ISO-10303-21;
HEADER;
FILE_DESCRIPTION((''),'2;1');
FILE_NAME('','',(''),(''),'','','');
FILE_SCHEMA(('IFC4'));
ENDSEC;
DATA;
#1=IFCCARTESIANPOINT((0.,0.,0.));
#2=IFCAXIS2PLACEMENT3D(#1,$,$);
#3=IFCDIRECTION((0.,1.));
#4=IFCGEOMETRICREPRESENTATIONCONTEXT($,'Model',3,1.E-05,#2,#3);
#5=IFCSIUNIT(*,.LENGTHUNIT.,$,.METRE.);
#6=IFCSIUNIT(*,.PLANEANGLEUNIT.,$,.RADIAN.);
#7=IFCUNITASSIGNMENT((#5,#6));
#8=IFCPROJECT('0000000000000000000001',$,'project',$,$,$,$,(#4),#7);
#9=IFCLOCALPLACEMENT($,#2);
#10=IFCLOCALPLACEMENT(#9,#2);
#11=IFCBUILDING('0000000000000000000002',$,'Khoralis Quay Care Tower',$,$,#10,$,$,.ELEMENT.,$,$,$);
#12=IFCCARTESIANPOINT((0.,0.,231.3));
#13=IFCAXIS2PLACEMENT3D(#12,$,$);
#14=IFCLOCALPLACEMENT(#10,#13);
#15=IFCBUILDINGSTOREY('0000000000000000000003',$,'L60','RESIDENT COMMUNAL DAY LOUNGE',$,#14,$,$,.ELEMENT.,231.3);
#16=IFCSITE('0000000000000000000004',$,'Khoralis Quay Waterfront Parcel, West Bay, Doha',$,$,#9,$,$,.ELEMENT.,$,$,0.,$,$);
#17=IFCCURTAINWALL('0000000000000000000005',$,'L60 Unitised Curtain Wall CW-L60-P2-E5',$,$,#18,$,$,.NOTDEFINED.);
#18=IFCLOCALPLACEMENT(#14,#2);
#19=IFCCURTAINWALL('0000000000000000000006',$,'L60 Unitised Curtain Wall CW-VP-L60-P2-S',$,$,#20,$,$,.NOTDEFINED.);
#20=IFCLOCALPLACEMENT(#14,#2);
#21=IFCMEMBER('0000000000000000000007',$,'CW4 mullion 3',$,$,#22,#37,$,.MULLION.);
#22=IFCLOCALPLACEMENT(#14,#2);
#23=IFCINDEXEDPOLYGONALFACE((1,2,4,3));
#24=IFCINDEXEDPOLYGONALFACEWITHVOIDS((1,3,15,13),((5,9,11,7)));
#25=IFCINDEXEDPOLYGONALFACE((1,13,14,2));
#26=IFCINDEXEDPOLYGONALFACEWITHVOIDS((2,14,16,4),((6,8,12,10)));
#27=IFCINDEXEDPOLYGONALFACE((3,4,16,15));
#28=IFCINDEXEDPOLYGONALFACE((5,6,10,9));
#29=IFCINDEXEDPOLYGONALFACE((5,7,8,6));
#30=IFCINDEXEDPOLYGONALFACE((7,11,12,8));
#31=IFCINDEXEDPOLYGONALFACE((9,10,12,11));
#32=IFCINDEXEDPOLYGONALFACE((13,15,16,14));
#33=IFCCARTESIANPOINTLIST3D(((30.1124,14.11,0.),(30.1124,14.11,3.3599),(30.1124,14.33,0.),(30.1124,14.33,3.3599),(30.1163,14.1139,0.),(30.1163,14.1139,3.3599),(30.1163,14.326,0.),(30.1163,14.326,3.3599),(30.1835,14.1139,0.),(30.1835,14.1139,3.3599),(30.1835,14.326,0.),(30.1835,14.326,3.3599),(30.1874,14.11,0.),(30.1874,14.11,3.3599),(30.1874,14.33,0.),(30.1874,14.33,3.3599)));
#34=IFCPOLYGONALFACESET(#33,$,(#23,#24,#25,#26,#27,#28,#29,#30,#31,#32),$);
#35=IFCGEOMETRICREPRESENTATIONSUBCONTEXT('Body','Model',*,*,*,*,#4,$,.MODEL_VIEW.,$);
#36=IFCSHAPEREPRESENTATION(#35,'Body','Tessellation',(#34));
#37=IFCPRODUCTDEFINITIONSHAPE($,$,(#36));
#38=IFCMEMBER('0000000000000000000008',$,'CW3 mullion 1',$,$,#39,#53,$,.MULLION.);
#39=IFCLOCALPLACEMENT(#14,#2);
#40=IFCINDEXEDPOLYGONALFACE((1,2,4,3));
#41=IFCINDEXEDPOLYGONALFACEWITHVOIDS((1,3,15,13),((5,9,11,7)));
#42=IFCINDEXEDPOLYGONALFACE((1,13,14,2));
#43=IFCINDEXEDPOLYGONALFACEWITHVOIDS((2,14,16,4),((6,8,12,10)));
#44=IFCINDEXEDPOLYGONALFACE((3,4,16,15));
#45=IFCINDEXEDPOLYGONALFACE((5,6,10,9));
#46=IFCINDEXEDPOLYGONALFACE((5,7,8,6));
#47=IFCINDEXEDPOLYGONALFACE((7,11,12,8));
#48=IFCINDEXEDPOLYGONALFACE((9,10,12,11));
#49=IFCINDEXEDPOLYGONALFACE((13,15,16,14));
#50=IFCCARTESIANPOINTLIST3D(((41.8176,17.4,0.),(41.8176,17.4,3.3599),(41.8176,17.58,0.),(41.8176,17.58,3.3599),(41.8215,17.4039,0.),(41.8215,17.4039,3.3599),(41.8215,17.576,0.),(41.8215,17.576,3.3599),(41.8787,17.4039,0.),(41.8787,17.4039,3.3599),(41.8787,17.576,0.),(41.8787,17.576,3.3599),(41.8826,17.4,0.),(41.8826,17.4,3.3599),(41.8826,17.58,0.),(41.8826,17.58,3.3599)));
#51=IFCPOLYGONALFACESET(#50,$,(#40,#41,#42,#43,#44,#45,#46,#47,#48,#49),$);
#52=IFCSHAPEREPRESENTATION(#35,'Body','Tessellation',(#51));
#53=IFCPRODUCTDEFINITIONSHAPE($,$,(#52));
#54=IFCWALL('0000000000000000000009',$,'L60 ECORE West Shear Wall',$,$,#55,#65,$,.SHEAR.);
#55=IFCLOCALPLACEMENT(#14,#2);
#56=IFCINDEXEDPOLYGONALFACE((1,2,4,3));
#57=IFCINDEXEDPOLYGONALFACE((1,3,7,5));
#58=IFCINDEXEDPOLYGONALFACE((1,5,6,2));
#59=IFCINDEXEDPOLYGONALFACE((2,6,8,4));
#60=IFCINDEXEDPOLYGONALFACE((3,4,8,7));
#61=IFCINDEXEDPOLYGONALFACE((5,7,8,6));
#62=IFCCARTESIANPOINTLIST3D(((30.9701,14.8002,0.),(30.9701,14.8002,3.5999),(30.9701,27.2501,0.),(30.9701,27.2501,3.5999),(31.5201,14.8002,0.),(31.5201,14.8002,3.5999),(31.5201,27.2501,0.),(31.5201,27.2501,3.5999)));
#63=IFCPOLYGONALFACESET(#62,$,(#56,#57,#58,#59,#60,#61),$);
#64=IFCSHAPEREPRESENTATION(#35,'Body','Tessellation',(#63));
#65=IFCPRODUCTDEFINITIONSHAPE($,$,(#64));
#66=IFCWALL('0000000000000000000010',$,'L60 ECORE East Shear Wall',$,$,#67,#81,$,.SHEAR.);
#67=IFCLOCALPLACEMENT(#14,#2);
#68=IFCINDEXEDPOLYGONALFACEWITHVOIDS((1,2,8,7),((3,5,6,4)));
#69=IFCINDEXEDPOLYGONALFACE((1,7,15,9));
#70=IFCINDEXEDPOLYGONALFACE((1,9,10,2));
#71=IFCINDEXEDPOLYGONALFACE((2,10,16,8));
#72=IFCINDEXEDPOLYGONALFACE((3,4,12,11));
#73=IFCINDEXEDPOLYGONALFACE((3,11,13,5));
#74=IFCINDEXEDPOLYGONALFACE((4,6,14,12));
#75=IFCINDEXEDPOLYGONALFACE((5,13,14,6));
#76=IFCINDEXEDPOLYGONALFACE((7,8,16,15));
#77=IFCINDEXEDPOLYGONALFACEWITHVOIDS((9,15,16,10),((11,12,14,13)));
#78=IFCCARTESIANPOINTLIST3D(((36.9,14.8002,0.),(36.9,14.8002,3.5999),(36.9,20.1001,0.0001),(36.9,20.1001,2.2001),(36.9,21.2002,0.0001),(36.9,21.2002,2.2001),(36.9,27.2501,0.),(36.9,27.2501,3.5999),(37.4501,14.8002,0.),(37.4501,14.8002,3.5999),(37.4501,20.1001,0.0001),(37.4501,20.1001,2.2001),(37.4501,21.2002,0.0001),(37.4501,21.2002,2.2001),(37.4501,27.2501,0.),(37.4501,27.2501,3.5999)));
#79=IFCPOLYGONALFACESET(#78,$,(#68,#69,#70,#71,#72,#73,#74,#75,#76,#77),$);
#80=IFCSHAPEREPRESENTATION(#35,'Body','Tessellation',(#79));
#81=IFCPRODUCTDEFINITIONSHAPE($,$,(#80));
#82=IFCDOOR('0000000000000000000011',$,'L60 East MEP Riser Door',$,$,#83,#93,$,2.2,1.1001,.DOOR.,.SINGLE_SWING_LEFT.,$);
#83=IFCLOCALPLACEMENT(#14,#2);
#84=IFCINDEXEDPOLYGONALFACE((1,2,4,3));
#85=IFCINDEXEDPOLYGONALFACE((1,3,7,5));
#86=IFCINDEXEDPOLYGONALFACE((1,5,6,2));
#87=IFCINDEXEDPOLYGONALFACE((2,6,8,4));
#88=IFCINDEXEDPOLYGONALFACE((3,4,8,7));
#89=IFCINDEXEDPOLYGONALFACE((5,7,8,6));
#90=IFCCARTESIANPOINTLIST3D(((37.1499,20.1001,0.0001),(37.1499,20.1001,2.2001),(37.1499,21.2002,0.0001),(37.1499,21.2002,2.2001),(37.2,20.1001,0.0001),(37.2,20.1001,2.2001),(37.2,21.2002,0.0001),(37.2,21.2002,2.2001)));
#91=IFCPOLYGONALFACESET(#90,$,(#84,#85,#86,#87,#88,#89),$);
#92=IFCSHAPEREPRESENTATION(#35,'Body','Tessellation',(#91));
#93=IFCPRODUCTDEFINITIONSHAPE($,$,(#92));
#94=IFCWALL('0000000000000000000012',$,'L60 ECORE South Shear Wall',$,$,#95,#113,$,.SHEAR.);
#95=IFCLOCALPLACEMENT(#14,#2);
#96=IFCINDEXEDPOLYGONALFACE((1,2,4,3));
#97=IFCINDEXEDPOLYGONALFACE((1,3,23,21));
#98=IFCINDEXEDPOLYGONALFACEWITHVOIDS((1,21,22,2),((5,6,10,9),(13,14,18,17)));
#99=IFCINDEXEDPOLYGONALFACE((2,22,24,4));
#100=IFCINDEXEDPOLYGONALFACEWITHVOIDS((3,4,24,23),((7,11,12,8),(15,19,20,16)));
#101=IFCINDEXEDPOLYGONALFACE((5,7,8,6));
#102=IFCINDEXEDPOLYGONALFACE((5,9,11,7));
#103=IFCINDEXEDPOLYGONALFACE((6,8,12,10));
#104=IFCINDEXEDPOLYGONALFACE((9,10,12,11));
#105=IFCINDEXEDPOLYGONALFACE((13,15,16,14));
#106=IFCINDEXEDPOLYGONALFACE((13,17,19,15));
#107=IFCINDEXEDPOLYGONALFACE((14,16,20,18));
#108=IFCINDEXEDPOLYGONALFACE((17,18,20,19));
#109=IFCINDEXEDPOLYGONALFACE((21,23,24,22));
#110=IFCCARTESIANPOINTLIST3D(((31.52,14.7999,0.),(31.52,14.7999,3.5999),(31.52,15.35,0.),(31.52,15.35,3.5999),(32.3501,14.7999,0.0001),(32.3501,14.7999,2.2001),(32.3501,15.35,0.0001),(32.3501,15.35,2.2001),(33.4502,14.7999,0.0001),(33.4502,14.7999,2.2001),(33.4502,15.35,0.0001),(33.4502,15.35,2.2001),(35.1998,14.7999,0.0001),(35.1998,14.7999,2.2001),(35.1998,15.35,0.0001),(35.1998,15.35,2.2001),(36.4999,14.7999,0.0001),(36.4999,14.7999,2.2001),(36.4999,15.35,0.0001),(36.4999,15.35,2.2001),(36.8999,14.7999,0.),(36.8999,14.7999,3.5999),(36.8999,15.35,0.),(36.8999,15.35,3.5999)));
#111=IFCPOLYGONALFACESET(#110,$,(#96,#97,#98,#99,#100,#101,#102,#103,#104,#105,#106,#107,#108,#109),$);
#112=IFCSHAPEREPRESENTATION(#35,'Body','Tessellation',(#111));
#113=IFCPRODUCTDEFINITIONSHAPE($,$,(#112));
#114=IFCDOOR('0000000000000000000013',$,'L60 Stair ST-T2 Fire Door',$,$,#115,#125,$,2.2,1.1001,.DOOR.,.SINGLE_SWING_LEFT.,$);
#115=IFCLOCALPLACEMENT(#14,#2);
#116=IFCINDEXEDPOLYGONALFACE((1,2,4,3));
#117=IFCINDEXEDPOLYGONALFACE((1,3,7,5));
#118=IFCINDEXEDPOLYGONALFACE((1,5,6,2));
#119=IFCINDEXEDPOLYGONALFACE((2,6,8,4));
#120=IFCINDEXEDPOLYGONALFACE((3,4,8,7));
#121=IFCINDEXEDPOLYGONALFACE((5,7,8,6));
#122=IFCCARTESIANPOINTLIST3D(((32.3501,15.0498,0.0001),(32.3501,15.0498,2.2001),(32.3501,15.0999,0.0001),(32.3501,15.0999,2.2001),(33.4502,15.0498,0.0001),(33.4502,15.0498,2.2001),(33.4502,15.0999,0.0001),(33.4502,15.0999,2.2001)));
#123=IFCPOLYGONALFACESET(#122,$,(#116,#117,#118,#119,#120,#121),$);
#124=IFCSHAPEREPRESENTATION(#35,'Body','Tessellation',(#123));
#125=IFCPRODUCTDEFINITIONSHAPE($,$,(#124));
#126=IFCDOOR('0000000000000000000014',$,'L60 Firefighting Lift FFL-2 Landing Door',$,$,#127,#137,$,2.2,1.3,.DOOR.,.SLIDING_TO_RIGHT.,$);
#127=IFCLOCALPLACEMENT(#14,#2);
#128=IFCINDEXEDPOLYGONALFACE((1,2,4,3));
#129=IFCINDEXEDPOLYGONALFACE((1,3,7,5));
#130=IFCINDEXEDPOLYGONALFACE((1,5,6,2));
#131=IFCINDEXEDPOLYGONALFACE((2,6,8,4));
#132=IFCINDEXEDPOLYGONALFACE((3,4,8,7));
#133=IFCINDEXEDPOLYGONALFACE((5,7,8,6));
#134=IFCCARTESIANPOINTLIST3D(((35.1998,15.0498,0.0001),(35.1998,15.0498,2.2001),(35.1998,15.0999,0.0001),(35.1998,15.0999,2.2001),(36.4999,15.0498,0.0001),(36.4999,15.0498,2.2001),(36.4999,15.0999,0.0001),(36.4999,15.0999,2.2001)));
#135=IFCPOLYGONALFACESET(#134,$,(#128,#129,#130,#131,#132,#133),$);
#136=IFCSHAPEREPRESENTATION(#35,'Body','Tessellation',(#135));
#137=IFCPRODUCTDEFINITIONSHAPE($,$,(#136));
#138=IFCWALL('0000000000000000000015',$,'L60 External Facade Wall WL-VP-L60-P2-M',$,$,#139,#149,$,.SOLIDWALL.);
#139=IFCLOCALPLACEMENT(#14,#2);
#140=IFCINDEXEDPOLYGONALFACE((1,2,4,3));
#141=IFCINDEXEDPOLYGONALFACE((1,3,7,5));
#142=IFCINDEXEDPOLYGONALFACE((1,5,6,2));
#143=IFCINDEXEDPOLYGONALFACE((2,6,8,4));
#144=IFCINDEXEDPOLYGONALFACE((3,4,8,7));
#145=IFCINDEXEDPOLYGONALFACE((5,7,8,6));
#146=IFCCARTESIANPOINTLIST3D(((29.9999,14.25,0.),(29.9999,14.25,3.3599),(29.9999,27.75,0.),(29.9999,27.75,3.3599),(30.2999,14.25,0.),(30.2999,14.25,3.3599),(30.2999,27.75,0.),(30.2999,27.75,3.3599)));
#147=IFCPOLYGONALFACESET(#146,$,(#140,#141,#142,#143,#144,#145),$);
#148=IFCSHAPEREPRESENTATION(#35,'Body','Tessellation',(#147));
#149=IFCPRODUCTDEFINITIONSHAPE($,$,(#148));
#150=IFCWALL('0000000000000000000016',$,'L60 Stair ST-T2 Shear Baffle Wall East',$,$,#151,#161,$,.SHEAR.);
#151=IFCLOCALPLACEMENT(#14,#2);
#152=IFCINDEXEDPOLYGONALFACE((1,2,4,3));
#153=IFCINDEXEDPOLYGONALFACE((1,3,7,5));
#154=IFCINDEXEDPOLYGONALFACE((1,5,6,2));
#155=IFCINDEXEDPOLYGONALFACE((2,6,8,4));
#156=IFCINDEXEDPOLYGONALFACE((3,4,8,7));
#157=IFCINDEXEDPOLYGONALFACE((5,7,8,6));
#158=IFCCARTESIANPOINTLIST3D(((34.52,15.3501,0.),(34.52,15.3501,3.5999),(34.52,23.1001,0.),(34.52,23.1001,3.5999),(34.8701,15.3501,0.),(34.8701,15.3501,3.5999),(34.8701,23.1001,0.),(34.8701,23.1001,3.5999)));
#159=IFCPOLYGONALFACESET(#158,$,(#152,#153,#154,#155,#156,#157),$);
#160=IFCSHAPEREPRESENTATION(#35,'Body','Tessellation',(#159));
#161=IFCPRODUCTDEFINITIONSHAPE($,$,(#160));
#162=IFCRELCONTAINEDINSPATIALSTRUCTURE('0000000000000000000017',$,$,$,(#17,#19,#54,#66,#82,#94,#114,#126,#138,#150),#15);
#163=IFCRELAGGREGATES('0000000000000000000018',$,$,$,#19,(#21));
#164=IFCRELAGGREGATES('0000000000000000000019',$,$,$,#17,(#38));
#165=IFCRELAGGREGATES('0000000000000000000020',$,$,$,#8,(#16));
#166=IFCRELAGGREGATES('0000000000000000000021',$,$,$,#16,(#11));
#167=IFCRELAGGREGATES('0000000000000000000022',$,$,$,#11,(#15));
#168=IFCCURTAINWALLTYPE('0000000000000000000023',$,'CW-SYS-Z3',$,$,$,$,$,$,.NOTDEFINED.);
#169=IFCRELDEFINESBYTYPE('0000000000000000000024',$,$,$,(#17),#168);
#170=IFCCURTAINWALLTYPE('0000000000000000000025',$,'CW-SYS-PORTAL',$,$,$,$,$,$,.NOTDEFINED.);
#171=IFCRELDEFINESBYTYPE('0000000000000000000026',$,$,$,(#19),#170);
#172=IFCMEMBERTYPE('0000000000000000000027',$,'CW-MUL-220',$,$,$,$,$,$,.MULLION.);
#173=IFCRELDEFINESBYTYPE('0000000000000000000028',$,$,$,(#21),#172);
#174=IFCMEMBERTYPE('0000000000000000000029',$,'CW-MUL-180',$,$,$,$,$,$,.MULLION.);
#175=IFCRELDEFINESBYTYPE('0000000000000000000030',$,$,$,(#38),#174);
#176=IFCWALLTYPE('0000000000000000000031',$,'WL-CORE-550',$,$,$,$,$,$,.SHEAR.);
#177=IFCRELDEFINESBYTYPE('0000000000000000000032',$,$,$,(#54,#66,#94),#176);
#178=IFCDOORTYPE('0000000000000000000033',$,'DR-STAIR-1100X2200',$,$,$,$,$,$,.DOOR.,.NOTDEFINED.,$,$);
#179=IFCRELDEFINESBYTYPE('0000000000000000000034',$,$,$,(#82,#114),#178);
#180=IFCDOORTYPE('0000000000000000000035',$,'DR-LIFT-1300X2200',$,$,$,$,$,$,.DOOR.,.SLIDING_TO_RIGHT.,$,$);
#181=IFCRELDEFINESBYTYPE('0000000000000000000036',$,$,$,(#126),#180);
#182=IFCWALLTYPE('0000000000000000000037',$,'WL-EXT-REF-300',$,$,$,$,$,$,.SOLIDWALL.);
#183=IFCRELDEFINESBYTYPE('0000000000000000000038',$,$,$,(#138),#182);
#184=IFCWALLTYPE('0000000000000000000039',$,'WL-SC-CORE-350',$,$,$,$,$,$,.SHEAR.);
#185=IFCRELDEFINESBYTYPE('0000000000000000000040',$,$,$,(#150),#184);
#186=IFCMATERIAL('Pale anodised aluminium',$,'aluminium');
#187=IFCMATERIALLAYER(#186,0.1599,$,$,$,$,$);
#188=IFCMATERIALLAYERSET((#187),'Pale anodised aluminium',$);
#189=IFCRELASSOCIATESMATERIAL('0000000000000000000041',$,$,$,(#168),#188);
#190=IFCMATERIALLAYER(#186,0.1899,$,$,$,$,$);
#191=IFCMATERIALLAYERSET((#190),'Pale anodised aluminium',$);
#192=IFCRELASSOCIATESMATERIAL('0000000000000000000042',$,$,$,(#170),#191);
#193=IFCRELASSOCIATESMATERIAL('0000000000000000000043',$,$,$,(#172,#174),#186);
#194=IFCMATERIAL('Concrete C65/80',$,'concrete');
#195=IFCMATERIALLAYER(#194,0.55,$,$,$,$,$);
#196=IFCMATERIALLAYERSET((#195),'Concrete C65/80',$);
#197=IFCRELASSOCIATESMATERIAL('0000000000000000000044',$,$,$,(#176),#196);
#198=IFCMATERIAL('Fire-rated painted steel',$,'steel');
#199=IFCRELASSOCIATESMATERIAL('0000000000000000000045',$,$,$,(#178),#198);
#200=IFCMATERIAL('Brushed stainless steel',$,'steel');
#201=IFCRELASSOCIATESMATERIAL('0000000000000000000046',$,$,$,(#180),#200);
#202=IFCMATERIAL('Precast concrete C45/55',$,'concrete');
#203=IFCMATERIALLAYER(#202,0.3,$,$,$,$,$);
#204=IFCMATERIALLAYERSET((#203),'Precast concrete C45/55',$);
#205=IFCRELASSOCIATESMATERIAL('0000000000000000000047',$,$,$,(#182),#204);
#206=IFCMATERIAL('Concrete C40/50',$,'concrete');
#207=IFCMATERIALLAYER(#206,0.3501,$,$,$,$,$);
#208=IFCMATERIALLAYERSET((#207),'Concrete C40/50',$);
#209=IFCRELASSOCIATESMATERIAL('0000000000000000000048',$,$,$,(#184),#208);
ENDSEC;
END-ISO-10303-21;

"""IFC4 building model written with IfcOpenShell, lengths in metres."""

from ifc_helpers import new_model, si_unit, direction, frame, frame_2d, origin, origin_2d, place, context, subcontext, project, spatial, rectangle, hollow_rectangle, extrude, source, transform, mapped, material, layer, layer_set, material_profile, profile_set, type_object, element, fill, aggregate, save


model = new_model("IFC4")

# Units and contexts
model_context = context("Model", 3, precision=1e-05, world=origin(), true_north=direction((0.0, 1.0)))
body_context = subcontext(model_context, "Body", "Model", "MODEL_VIEW")
ifc_project = project(units=[si_unit("LENGTHUNIT", "METRE"), si_unit("PLANEANGLEUNIT", "RADIAN")], contexts=[model_context])

# Site, building, storey
site_placement = place(None, origin())
site = spatial("IfcSite", under=ifc_project, at=site_placement, Name="Khoralis Quay Waterfront Parcel, West Bay, Doha", CompositionType="ELEMENT", RefElevation=0.0)
building_placement = place(site_placement, origin())
building = spatial("IfcBuilding", under=site, at=building_placement, Name="Khoralis Quay Care Tower", CompositionType="ELEMENT")
storey_placement = place(building_placement, frame((0.0, 0.0, 231.3)))
storey = spatial("IfcBuildingStorey", under=building, at=storey_placement, Name="L60", Description="RESIDENT COMMUNAL DAY LOUNGE", CompositionType="ELEMENT", Elevation=231.3)

# Curtain wall
ifc_material_1 = material(Name="Pale anodised aluminium", Category="aluminium")
ifc_layer_1 = layer(ifc_material_1, 0.1599)
ifc_layer_set_1 = layer_set([ifc_layer_1], Name="Pale anodised aluminium")
curtain_wall_type_1 = type_object("IfcCurtainWallType", Name="CW-SYS-Z3", PredefinedType="NOTDEFINED", material=ifc_layer_set_1)
curtain_wall_1_placement = place(storey_placement, origin())
curtain_wall_1 = element("IfcCurtainWall", 1, at=curtain_wall_1_placement, inside=storey, type_object=curtain_wall_type_1, Name="L60 Unitised Curtain Wall CW-L60-P2-E5", PredefinedType="NOTDEFINED")

# Curtain wall, member
ifc_layer_2 = layer(ifc_material_1, 0.1899)
ifc_layer_set_2 = layer_set([ifc_layer_2], Name="Pale anodised aluminium")
curtain_wall_type_2 = type_object("IfcCurtainWallType", Name="CW-SYS-PORTAL", PredefinedType="NOTDEFINED", material=ifc_layer_set_2)
curtain_wall_2_placement = place(storey_placement, origin())
curtain_wall_2 = element("IfcCurtainWall", 2, at=curtain_wall_2_placement, inside=storey, type_object=curtain_wall_type_2, Name="L60 Unitised Curtain Wall CW-VP-L60-P2-S", PredefinedType="NOTDEFINED")
ifc_material_profile_1 = material_profile(ifc_material_1, hollow_rectangle(XDim=0.075, YDim=0.22, WallThickness=0.0039, at=origin_2d()), Name="Pale anodised aluminium")
ifc_profile_set_1 = profile_set([ifc_material_profile_1], Name="Pale anodised aluminium")
member_type_1 = type_object("IfcMemberType", Name="CW-MUL-220", PredefinedType="MULLION", material=ifc_profile_set_1)
shared_shape_1 = source(origin(), body_context, "Body", "SweptSolid", [
    extrude(hollow_rectangle(XDim=0.075, YDim=0.22, WallThickness=0.0039, at=origin_2d()), origin(), (0.0, 0.0, 1.0), 3.3599),
])
member_1_placement = place(storey_placement, frame((30.1499, 14.22, 0.0), z_axis=(0.0, 0.0, 1.0), x_axis=(-1.0, 0.0, 0.0)))
member_1 = element("IfcMember", 3, at=member_1_placement, type_object=member_type_1, Name="CW4 mullion 3", PredefinedType="MULLION", context=body_context, shape_type="MappedRepresentation", body=[
    mapped(shared_shape_1, transform((0.0, 0.0, 0.0), scale=1.0)),
])
aggregate(curtain_wall_2, [member_1])

# Member
ifc_material_profile_2 = material_profile(ifc_material_1, hollow_rectangle(XDim=0.0649, YDim=0.1799, WallThickness=0.0039, at=origin_2d()), Name="Pale anodised aluminium")
ifc_profile_set_2 = profile_set([ifc_material_profile_2], Name="Pale anodised aluminium")
member_type_2 = type_object("IfcMemberType", Name="CW-MUL-180", PredefinedType="MULLION", material=ifc_profile_set_2)
shared_shape_2 = source(origin(), body_context, "Body", "SweptSolid", [
    extrude(hollow_rectangle(XDim=0.0649, YDim=0.1799, WallThickness=0.0039, at=origin_2d()), origin(), (0.0, 0.0, 1.0), 3.3599),
])
member_2_placement = place(storey_placement, frame((41.8501, 17.49, 0.0), z_axis=(0.0, 0.0, 1.0), x_axis=(-1.0, 0.0, 0.0)))
member_2 = element("IfcMember", 4, at=member_2_placement, type_object=member_type_2, Name="CW3 mullion 1", PredefinedType="MULLION", context=body_context, shape_type="MappedRepresentation", body=[
    mapped(shared_shape_2, transform((0.0, 0.0, 0.0), scale=1.0)),
])
aggregate(curtain_wall_1, [member_2])

# Wall
ifc_material_2 = material(Name="Concrete C65/80", Category="concrete")
ifc_layer_3 = layer(ifc_material_2, 0.55)
ifc_layer_set_3 = layer_set([ifc_layer_3], Name="Concrete C65/80")
wall_type_1 = type_object("IfcWallType", Name="WL-CORE-550", PredefinedType="SHEAR", material=ifc_layer_set_3)
wall_1_placement = place(storey_placement, frame((31.2451, 14.8, 0.0), z_axis=(0.0, 0.0, 1.0), x_axis=(0.0, 1.0, 0.0)))
element("IfcWall", 5, at=wall_1_placement, inside=storey, type_object=wall_type_1, Name="L60 ECORE West Shear Wall", PredefinedType="SHEAR", context=body_context, shape_type="SweptSolid", body=[
    extrude(rectangle(XDim=12.45, YDim=0.55, at=frame_2d((6.2251, 0.0))), origin(), (0.0, 0.0, 1.0), 3.5999),
])

# Wall, opening, door
wall_2_placement = place(storey_placement, frame((37.175, 14.8, 0.0), z_axis=(0.0, 0.0, 1.0), x_axis=(0.0, 1.0, 0.0)))
wall_2 = element("IfcWall", 6, at=wall_2_placement, inside=storey, type_object=wall_type_1, Name="L60 ECORE East Shear Wall", PredefinedType="SHEAR", context=body_context, shape_type="SweptSolid", body=[
    extrude(rectangle(XDim=12.45, YDim=0.55, at=frame_2d((6.2251, 0.0))), origin(), (0.0, 0.0, 1.0), 3.5999),
])
opening_1_placement = place(wall_2_placement, frame((5.3, 0.0, 0.0)))
opening_1 = element("IfcOpeningElement", 7, at=opening_1_placement, cuts=wall_2, PredefinedType="OPENING", context=body_context, shape_type="SweptSolid", body=[
    extrude(rectangle(XDim=1.1001, YDim=2.2, at=frame_2d((0.55, 1.1001))), frame((0.0, 0.2852, 0.0), z_axis=(0.0, -1.0, 0.0), x_axis=(1.0, 0.0, 0.0)), (0.0, 0.0, 1.0), 0.5701),
])
ifc_material_3 = material(Name="Fire-rated painted steel", Category="steel")
door_type_1 = type_object("IfcDoorType", Name="DR-STAIR-1100X2200", OperationType="NOTDEFINED", PredefinedType="DOOR", material=ifc_material_3)
shared_shape_3 = source(origin(), body_context, "Body", "SweptSolid", [
    extrude(rectangle(XDim=1.1001, YDim=2.2, at=frame_2d((0.55, 1.1001))), frame((0.0, 0.0249, 0.0), z_axis=(0.0, -1.0, 0.0), x_axis=(1.0, 0.0, 0.0)), (0.0, 0.0, 1.0), 0.05),
])
door_1_placement = place(opening_1_placement, frame((1.1001, 0.0, 0.0), z_axis=(0.0, 0.0, 1.0), x_axis=(-1.0, 0.0, 0.0)))
door_1 = element("IfcDoor", 8, at=door_1_placement, inside=storey, type_object=door_type_1, Name="L60 East MEP Riser Door", OperationType="SINGLE_SWING_LEFT", OverallHeight=2.2, OverallWidth=1.1001, PredefinedType="DOOR", context=body_context, shape_type="MappedRepresentation", body=[
    mapped(shared_shape_3, transform((0.0, 0.0, 0.0), scale=1.0)),
])
fill(opening_1, door_1)

# Wall, openings, doors
wall_3_placement = place(storey_placement, frame((31.52, 15.075, 0.0), z_axis=(0.0, 0.0, 1.0), x_axis=(1.0, 0.0, 0.0)))
wall_3 = element("IfcWall", 9, at=wall_3_placement, inside=storey, type_object=wall_type_1, Name="L60 ECORE South Shear Wall", PredefinedType="SHEAR", context=body_context, shape_type="SweptSolid", body=[
    extrude(rectangle(XDim=5.3799, YDim=0.55, at=frame_2d((2.6899, 0.0))), origin(), (0.0, 0.0, 1.0), 3.5999),
])
opening_2_placement = place(wall_3_placement, frame((0.8301, 0.0, 0.0)))
opening_2 = element("IfcOpeningElement", 10, at=opening_2_placement, cuts=wall_3, PredefinedType="OPENING", context=body_context, shape_type="SweptSolid", body=[
    extrude(rectangle(XDim=1.1001, YDim=2.2, at=frame_2d((0.55, 1.1001))), frame((0.0, 0.2852, 0.0), z_axis=(0.0, -1.0, 0.0), x_axis=(1.0, 0.0, 0.0)), (0.0, 0.0, 1.0), 0.5701),
])
opening_3_placement = place(wall_3_placement, frame((3.6799, 0.0, 0.0)))
opening_3 = element("IfcOpeningElement", 11, at=opening_3_placement, cuts=wall_3, PredefinedType="OPENING", context=body_context, shape_type="SweptSolid", body=[
    extrude(rectangle(XDim=1.3, YDim=2.2, at=frame_2d((0.6499, 1.1001))), frame((0.0, 0.2852, 0.0), z_axis=(0.0, -1.0, 0.0), x_axis=(1.0, 0.0, 0.0)), (0.0, 0.0, 1.0), 0.5701),
])
door_2_placement = place(opening_2_placement, origin())
door_2 = element("IfcDoor", 12, at=door_2_placement, inside=storey, type_object=door_type_1, Name="L60 Stair ST-T2 Fire Door", OperationType="SINGLE_SWING_LEFT", OverallHeight=2.2, OverallWidth=1.1001, PredefinedType="DOOR", context=body_context, shape_type="MappedRepresentation", body=[
    mapped(shared_shape_3, transform((0.0, 0.0, 0.0), scale=1.0)),
])
fill(opening_2, door_2)
ifc_material_4 = material(Name="Brushed stainless steel", Category="steel")
door_type_2 = type_object("IfcDoorType", Name="DR-LIFT-1300X2200", OperationType="SLIDING_TO_RIGHT", PredefinedType="DOOR", material=ifc_material_4)
shared_shape_4 = source(origin(), body_context, "Body", "SweptSolid", [
    extrude(rectangle(XDim=1.3, YDim=2.2, at=frame_2d((0.6499, 1.1001))), frame((0.0, 0.0249, 0.0), z_axis=(0.0, -1.0, 0.0), x_axis=(1.0, 0.0, 0.0)), (0.0, 0.0, 1.0), 0.05),
])
door_3_placement = place(opening_3_placement, origin())
door_3 = element("IfcDoor", 13, at=door_3_placement, inside=storey, type_object=door_type_2, Name="L60 Firefighting Lift FFL-2 Landing Door", OperationType="SLIDING_TO_RIGHT", OverallHeight=2.2, OverallWidth=1.3, PredefinedType="DOOR", context=body_context, shape_type="MappedRepresentation", body=[
    mapped(shared_shape_4, transform((0.0, 0.0, 0.0), scale=1.0)),
])
fill(opening_3, door_3)

# Walls
ifc_material_5 = material(Name="Precast concrete C45/55", Category="concrete")
ifc_layer_4 = layer(ifc_material_5, 0.3)
ifc_layer_set_4 = layer_set([ifc_layer_4], Name="Precast concrete C45/55")
wall_type_2 = type_object("IfcWallType", Name="WL-EXT-REF-300", PredefinedType="SOLIDWALL", material=ifc_layer_set_4)
wall_4_placement = place(storey_placement, frame((30.1499, 14.25, 0.0), z_axis=(0.0, 0.0, 1.0), x_axis=(0.0, 1.0, 0.0)))
element("IfcWall", 14, at=wall_4_placement, inside=storey, type_object=wall_type_2, Name="L60 External Facade Wall WL-VP-L60-P2-M", PredefinedType="SOLIDWALL", context=body_context, shape_type="SweptSolid", body=[
    extrude(rectangle(XDim=13.5, YDim=0.3, at=frame_2d((6.75, 0.0))), origin(), (0.0, 0.0, 1.0), 3.3599),
])
ifc_material_6 = material(Name="Concrete C40/50", Category="concrete")
ifc_layer_5 = layer(ifc_material_6, 0.3501)
ifc_layer_set_5 = layer_set([ifc_layer_5], Name="Concrete C40/50")
wall_type_3 = type_object("IfcWallType", Name="WL-SC-CORE-350", PredefinedType="SHEAR", material=ifc_layer_set_5)
wall_5_placement = place(storey_placement, frame((34.6951, 15.3501, 0.0), z_axis=(0.0, 0.0, 1.0), x_axis=(0.0, 1.0, 0.0)))
element("IfcWall", 15, at=wall_5_placement, inside=storey, type_object=wall_type_3, Name="L60 Stair ST-T2 Shear Baffle Wall East", PredefinedType="SHEAR", context=body_context, shape_type="SweptSolid", body=[
    extrude(rectangle(XDim=7.75, YDim=0.3501, at=frame_2d((3.875, 0.0))), origin(), (0.0, 0.0, 1.0), 3.5999),
])

save(model, "model.ifc")
